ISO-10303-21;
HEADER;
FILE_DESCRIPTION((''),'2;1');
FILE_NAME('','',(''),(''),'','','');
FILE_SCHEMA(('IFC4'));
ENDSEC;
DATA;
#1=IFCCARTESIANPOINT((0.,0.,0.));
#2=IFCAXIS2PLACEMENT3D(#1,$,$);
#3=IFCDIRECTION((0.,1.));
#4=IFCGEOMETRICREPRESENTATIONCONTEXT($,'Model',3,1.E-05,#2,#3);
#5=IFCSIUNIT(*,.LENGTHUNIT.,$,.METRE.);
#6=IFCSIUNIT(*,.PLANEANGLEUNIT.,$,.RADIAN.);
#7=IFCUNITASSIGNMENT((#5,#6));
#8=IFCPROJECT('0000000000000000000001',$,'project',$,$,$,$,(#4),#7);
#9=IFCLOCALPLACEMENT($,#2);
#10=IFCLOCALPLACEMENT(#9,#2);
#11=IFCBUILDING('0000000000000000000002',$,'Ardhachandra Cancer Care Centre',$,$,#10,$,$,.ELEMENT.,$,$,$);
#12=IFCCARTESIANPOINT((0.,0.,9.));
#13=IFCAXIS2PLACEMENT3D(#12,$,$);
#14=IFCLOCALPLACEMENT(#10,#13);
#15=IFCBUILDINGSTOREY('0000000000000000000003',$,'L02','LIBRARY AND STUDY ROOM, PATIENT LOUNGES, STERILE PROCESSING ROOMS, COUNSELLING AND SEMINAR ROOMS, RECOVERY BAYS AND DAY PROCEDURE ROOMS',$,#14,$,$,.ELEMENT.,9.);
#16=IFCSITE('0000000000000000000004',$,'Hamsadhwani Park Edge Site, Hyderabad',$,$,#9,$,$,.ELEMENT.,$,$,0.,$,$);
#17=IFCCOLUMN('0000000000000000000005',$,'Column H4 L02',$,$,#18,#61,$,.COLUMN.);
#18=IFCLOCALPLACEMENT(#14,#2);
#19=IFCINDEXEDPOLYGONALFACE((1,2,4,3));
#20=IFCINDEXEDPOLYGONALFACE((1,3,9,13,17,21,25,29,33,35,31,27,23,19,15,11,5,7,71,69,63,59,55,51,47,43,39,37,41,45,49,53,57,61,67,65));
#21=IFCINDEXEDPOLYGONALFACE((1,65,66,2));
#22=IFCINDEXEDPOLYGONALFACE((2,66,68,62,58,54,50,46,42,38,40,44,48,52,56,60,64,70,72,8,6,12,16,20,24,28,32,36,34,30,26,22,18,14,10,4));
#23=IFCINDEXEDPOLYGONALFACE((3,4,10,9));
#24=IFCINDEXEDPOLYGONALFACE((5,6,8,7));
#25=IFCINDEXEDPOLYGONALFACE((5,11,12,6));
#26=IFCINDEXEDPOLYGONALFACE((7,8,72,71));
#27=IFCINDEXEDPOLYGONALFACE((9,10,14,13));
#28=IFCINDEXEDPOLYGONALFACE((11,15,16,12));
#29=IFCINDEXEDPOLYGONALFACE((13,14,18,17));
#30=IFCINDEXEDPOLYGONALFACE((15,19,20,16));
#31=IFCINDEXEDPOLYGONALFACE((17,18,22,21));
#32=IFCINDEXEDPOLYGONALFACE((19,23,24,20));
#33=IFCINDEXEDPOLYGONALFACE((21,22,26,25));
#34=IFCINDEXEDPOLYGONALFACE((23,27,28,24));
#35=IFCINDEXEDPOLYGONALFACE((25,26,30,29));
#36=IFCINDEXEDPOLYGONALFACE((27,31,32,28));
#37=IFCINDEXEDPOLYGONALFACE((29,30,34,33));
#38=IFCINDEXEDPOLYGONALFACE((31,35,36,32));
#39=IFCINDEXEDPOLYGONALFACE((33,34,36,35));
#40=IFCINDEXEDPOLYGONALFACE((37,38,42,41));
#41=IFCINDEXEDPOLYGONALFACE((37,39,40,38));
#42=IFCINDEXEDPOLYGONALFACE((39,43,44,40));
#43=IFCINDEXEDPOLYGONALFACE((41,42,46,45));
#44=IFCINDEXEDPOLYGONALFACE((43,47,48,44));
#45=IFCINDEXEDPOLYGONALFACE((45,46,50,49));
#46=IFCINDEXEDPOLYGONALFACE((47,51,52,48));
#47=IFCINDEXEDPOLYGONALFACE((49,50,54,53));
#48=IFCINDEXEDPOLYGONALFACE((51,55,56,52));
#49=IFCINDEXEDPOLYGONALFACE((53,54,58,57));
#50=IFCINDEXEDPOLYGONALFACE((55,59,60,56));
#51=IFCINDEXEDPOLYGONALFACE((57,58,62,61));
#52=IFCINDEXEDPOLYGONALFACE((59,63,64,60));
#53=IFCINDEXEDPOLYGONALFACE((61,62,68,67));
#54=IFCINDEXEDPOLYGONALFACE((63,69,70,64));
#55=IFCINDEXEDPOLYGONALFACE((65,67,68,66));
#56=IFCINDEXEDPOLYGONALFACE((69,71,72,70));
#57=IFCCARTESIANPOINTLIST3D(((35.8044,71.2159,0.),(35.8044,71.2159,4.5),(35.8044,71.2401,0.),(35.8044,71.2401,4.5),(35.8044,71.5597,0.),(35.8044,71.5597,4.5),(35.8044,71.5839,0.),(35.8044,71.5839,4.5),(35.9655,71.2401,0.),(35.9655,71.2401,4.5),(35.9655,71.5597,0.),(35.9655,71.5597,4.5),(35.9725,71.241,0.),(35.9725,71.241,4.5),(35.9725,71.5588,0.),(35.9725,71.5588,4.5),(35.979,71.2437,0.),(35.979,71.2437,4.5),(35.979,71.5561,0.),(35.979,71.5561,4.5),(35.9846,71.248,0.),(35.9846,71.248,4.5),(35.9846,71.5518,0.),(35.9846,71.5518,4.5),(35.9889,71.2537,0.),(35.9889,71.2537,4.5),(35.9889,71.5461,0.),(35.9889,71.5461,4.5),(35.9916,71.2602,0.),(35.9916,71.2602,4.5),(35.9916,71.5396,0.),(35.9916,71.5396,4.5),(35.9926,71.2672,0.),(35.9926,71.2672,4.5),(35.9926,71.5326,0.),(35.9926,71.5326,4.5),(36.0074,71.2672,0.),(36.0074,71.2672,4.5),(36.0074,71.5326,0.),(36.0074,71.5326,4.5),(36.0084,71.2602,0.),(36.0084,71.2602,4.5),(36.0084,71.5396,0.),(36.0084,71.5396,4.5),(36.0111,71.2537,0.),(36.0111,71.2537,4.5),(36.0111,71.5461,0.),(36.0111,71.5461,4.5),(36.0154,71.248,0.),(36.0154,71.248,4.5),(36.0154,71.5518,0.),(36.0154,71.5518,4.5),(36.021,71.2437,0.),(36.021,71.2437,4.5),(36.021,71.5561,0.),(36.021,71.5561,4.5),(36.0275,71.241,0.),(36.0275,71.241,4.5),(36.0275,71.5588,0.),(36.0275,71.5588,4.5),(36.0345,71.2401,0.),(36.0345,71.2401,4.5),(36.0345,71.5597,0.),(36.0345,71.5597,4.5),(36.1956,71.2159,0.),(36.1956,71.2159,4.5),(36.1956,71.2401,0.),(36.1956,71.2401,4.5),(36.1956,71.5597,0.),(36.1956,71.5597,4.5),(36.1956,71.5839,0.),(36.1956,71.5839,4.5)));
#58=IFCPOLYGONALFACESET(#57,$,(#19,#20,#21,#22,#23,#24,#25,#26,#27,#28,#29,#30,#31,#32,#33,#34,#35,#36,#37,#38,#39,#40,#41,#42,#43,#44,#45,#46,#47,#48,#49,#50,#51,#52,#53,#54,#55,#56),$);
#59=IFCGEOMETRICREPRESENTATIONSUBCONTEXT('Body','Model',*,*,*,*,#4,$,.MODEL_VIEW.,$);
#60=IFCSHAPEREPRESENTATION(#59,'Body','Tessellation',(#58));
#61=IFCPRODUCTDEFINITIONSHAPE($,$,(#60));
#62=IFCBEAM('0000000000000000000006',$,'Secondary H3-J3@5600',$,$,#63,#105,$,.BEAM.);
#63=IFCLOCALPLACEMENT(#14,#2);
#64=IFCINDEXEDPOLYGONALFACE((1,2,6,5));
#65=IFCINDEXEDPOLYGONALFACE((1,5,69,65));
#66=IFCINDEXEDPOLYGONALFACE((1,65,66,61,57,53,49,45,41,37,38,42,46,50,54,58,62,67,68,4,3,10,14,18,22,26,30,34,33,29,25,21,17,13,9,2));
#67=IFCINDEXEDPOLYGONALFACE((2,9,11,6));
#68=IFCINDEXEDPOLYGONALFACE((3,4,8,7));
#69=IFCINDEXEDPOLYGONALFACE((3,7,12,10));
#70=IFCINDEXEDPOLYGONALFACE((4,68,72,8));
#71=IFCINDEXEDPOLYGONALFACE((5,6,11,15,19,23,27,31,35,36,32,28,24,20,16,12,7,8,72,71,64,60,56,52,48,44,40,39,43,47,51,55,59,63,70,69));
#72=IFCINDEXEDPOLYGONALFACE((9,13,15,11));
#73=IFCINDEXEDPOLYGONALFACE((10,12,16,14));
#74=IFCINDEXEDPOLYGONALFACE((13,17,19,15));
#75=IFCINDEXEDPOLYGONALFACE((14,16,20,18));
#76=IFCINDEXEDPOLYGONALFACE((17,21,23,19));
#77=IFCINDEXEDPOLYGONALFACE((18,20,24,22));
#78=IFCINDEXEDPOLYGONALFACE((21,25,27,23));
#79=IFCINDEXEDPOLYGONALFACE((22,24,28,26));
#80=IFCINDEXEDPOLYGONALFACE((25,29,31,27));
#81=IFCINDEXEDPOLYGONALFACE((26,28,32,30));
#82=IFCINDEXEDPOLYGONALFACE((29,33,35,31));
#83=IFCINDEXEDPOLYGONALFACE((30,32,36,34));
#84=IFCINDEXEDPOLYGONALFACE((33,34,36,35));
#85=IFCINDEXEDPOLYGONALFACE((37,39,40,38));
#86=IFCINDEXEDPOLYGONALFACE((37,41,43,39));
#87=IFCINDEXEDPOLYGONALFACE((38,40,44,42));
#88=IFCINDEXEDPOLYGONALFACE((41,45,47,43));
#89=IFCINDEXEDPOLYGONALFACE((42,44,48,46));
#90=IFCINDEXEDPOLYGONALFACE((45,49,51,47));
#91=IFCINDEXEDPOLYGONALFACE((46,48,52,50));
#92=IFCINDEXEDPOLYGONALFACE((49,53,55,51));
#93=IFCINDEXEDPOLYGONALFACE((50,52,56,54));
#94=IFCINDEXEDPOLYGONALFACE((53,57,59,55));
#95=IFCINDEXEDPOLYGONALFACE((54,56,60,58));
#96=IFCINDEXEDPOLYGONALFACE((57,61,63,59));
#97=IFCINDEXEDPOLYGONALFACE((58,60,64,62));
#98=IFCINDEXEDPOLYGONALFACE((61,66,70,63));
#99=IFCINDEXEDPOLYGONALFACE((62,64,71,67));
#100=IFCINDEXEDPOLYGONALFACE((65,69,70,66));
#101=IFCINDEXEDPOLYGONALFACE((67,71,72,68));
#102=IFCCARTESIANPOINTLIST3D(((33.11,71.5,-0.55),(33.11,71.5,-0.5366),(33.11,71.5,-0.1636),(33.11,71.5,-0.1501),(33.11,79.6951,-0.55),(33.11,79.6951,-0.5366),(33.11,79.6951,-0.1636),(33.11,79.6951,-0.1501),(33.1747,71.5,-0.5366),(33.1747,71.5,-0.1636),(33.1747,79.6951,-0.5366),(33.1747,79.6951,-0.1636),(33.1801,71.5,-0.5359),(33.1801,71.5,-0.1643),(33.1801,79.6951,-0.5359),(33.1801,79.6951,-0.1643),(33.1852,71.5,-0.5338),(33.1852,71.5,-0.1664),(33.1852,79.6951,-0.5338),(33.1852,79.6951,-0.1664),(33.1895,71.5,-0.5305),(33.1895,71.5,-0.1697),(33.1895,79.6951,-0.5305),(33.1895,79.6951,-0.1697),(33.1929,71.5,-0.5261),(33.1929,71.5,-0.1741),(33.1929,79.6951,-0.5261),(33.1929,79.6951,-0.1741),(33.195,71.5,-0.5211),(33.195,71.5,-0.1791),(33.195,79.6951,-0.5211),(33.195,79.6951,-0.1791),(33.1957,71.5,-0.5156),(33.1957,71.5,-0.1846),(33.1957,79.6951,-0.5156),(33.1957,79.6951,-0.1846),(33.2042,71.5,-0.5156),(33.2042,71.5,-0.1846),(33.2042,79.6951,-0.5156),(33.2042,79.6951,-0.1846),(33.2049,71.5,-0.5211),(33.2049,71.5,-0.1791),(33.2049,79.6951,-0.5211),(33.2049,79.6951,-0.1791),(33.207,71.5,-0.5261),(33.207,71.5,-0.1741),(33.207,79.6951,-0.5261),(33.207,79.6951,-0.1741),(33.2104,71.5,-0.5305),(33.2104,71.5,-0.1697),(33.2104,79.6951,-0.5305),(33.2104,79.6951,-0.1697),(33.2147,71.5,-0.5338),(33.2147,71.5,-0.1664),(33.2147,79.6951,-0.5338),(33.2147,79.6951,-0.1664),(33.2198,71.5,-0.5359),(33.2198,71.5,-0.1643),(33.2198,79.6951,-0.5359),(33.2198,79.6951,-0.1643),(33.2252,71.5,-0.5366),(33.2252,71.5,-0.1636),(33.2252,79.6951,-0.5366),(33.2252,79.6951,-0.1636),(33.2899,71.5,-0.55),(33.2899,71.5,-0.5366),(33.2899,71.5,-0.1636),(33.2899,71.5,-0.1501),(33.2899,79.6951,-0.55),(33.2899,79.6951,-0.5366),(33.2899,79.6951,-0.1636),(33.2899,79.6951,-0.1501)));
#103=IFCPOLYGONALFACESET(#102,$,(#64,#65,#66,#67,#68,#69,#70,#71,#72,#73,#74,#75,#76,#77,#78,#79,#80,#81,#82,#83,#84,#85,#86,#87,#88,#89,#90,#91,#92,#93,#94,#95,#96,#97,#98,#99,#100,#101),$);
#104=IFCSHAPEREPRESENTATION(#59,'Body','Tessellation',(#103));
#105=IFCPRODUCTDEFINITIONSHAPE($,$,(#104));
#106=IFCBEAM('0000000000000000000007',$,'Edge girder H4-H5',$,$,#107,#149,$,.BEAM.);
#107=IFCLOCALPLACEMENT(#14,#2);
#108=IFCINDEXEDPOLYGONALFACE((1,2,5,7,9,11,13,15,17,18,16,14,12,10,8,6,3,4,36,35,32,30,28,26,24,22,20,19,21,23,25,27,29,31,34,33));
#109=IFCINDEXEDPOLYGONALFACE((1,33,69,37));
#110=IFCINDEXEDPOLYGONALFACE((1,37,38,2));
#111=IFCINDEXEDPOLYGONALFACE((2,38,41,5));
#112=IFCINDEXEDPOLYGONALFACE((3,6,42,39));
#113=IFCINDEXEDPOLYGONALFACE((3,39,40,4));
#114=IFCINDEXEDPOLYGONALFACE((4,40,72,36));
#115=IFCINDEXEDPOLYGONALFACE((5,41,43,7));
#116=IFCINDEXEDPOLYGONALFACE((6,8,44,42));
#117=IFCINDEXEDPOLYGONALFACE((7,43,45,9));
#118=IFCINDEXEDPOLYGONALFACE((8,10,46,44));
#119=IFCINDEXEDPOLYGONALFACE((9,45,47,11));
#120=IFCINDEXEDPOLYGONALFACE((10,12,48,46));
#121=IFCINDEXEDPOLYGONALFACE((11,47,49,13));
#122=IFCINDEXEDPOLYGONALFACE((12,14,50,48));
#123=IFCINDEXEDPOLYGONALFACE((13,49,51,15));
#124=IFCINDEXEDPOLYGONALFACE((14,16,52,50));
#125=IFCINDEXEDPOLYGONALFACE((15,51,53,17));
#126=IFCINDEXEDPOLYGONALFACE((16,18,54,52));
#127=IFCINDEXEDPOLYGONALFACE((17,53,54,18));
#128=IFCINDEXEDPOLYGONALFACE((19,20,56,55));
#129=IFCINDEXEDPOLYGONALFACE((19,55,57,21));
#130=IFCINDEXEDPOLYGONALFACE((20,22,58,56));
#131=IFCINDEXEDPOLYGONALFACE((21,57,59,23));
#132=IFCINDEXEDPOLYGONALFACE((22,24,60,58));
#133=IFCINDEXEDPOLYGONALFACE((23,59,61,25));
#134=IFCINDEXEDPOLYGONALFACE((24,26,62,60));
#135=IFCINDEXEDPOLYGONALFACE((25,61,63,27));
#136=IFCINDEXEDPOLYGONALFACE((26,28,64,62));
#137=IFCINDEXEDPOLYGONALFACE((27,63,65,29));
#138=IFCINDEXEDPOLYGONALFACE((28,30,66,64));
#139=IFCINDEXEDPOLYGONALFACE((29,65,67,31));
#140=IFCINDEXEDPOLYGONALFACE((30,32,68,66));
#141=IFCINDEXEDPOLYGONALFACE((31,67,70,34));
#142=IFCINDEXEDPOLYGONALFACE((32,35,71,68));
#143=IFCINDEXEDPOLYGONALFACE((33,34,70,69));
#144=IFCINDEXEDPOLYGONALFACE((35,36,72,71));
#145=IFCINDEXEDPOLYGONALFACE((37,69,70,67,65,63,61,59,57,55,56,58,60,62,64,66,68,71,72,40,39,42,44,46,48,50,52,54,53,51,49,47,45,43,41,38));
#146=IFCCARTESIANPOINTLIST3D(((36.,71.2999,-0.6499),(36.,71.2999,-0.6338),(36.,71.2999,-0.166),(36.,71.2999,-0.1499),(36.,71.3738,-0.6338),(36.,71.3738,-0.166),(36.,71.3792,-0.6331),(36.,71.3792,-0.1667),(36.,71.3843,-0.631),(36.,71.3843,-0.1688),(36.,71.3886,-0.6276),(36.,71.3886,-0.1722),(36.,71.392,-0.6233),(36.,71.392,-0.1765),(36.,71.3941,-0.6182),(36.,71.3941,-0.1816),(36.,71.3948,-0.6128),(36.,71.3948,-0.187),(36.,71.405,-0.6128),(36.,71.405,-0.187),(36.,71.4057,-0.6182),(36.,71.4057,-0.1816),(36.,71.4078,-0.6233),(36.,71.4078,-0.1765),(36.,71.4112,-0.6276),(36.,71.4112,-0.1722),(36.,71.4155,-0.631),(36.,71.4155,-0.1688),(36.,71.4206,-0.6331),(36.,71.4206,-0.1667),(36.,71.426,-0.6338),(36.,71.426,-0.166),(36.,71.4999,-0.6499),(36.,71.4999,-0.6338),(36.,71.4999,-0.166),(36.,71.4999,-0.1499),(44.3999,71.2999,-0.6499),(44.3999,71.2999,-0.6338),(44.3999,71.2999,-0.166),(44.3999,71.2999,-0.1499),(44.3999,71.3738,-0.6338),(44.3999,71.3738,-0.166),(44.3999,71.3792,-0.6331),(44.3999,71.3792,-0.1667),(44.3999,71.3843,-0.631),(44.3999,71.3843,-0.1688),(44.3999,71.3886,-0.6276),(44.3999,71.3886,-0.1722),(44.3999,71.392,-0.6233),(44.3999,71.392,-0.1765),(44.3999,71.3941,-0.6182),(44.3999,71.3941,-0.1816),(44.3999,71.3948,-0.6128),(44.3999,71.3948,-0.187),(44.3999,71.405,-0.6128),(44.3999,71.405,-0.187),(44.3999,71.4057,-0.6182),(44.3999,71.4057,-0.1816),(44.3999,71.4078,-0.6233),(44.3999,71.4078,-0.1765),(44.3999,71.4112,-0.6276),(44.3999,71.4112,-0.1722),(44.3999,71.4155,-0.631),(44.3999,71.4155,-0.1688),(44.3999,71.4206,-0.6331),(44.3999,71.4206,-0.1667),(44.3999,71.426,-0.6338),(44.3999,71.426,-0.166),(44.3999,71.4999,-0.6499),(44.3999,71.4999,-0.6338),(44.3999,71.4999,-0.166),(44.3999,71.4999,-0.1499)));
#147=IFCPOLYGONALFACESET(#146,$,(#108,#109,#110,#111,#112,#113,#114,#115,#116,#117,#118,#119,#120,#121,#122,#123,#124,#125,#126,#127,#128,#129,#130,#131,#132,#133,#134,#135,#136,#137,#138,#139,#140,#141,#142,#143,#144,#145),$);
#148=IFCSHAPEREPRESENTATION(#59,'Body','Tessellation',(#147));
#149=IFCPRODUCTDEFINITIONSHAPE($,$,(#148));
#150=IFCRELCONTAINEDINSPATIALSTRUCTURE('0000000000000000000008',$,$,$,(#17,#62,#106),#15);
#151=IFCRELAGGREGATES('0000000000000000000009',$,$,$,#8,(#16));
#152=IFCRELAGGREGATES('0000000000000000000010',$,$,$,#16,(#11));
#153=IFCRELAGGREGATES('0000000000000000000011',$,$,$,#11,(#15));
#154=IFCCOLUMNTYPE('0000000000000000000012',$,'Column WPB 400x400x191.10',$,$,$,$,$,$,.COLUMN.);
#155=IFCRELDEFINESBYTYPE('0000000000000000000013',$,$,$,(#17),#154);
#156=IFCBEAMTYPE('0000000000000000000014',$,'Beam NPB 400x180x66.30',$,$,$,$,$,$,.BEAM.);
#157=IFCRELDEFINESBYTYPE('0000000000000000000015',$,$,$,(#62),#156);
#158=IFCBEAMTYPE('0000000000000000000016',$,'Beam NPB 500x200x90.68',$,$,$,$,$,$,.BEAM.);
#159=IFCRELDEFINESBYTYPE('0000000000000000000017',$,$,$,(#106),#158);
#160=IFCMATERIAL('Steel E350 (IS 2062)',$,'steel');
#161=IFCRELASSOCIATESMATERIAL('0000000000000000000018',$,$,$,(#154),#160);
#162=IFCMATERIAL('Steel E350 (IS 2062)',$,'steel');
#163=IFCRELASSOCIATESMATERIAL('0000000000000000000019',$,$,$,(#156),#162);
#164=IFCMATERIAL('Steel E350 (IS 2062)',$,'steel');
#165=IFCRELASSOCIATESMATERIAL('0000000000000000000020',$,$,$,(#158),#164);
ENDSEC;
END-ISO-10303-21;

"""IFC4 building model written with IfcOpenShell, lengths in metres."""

from ifc_helpers import new_model, si_unit, direction, frame, origin, origin_2d, place, context, subcontext, project, spatial, i_section, extrude, material, material_profile, profile_set, type_object, element, save


model = new_model("IFC4")

# Units and contexts
model_context = context("Model", 3, precision=1e-05, world=origin(), true_north=direction((0.0, 1.0)))
body_context = subcontext(model_context, "Body", "Model", "MODEL_VIEW")
ifc_project = project(units=[si_unit("LENGTHUNIT", "METRE"), si_unit("PLANEANGLEUNIT", "RADIAN")], contexts=[model_context])

# Site, building, storey
site_placement = place(None, origin())
site = spatial("IfcSite", under=ifc_project, at=site_placement, Name="Hamsadhwani Park Edge Site, Hyderabad", CompositionType="ELEMENT", RefElevation=0.0)
building_placement = place(site_placement, origin())
building = spatial("IfcBuilding", under=site, at=building_placement, Name="Ardhachandra Cancer Care Centre", CompositionType="ELEMENT")
storey_placement = place(building_placement, frame((0.0, 0.0, 9.0)))
storey = spatial("IfcBuildingStorey", under=building, at=storey_placement, Name="L02", Description="LIBRARY AND STUDY ROOM, PATIENT LOUNGES, STERILE PROCESSING ROOMS, COUNSELLING AND SEMINAR ROOMS, RECOVERY BAYS AND DAY PROCEDURE ROOMS", CompositionType="ELEMENT", Elevation=9.0)

# Column
ifc_material_1 = material(Name="Steel E350 (IS 2062)", Category="steel")
ifc_material_profile_1 = material_profile(ifc_material_1, i_section(OverallWidth=0.3911, OverallDepth=0.3679, WebThickness=0.0149, FlangeThickness=0.0242, FilletRadius=0.0271, at=origin_2d()), Name="WPB 400x400x191.10")
ifc_profile_set_1 = profile_set([ifc_material_profile_1], Name="Steel E350 (IS 2062)")
column_type = type_object("IfcColumnType", Name="Column WPB 400x400x191.10", PredefinedType="COLUMN", material=ifc_profile_set_1)
column_placement = place(storey_placement, frame((36.0, 71.3999, 0.0), z_axis=(0.0, 0.0, 1.0), x_axis=(1.0, 0.0, 0.0)))
element("IfcColumn", 1, at=column_placement, inside=storey, type_object=column_type, Name="Column H4 L02", PredefinedType="COLUMN", context=body_context, shape_type="SweptSolid", body=[
    extrude(i_section(OverallWidth=0.3911, OverallDepth=0.3679, WebThickness=0.0149, FlangeThickness=0.0242, FilletRadius=0.0271, at=origin_2d()), origin(), (0.0, 0.0, 1.0), 4.5),
])

# Beams
ifc_material_2 = material(Name="Steel E350 (IS 2062)", Category="steel")
ifc_material_profile_2 = material_profile(ifc_material_2, i_section(OverallWidth=0.1799, OverallDepth=0.3999, WebThickness=0.0085, FlangeThickness=0.0134, FilletRadius=0.021, at=origin_2d()), Name="NPB 400x180x66.30")
ifc_profile_set_2 = profile_set([ifc_material_profile_2], Name="Steel E350 (IS 2062)")
beam_type_1 = type_object("IfcBeamType", Name="Beam NPB 400x180x66.30", PredefinedType="BEAM", material=ifc_profile_set_2)
beam_1_placement = place(storey_placement, frame((33.2, 71.5, -0.3501), z_axis=(0.0, 1.0, 0.0), x_axis=(-1.0, 0.0, 0.0)))
element("IfcBeam", 2, at=beam_1_placement, inside=storey, type_object=beam_type_1, Name="Secondary H3-J3@5600", PredefinedType="BEAM", context=body_context, shape_type="SweptSolid", body=[
    extrude(i_section(OverallWidth=0.1799, OverallDepth=0.3999, WebThickness=0.0085, FlangeThickness=0.0134, FilletRadius=0.021, at=origin_2d()), origin(), (0.0, 0.0, 1.0), 8.1951),
])
ifc_material_3 = material(Name="Steel E350 (IS 2062)", Category="steel")
ifc_material_profile_3 = material_profile(ifc_material_3, i_section(OverallWidth=0.2, OverallDepth=0.5, WebThickness=0.0103, FlangeThickness=0.0161, FilletRadius=0.021, at=origin_2d()), Name="NPB 500x200x90.68")
ifc_profile_set_3 = profile_set([ifc_material_profile_3], Name="Steel E350 (IS 2062)")
beam_type_2 = type_object("IfcBeamType", Name="Beam NPB 500x200x90.68", PredefinedType="BEAM", material=ifc_profile_set_3)
beam_2_placement = place(storey_placement, frame((36.0, 71.3999, -0.3999), z_axis=(1.0, 0.0, 0.0), x_axis=(0.0, 1.0, 0.0)))
element("IfcBeam", 3, at=beam_2_placement, inside=storey, type_object=beam_type_2, Name="Edge girder H4-H5", PredefinedType="BEAM", context=body_context, shape_type="SweptSolid", body=[
    extrude(i_section(OverallWidth=0.2, OverallDepth=0.5, WebThickness=0.0103, FlangeThickness=0.0161, FilletRadius=0.021, at=origin_2d()), origin(), (0.0, 0.0, 1.0), 8.3999),
])

save(model, "model.ifc")
